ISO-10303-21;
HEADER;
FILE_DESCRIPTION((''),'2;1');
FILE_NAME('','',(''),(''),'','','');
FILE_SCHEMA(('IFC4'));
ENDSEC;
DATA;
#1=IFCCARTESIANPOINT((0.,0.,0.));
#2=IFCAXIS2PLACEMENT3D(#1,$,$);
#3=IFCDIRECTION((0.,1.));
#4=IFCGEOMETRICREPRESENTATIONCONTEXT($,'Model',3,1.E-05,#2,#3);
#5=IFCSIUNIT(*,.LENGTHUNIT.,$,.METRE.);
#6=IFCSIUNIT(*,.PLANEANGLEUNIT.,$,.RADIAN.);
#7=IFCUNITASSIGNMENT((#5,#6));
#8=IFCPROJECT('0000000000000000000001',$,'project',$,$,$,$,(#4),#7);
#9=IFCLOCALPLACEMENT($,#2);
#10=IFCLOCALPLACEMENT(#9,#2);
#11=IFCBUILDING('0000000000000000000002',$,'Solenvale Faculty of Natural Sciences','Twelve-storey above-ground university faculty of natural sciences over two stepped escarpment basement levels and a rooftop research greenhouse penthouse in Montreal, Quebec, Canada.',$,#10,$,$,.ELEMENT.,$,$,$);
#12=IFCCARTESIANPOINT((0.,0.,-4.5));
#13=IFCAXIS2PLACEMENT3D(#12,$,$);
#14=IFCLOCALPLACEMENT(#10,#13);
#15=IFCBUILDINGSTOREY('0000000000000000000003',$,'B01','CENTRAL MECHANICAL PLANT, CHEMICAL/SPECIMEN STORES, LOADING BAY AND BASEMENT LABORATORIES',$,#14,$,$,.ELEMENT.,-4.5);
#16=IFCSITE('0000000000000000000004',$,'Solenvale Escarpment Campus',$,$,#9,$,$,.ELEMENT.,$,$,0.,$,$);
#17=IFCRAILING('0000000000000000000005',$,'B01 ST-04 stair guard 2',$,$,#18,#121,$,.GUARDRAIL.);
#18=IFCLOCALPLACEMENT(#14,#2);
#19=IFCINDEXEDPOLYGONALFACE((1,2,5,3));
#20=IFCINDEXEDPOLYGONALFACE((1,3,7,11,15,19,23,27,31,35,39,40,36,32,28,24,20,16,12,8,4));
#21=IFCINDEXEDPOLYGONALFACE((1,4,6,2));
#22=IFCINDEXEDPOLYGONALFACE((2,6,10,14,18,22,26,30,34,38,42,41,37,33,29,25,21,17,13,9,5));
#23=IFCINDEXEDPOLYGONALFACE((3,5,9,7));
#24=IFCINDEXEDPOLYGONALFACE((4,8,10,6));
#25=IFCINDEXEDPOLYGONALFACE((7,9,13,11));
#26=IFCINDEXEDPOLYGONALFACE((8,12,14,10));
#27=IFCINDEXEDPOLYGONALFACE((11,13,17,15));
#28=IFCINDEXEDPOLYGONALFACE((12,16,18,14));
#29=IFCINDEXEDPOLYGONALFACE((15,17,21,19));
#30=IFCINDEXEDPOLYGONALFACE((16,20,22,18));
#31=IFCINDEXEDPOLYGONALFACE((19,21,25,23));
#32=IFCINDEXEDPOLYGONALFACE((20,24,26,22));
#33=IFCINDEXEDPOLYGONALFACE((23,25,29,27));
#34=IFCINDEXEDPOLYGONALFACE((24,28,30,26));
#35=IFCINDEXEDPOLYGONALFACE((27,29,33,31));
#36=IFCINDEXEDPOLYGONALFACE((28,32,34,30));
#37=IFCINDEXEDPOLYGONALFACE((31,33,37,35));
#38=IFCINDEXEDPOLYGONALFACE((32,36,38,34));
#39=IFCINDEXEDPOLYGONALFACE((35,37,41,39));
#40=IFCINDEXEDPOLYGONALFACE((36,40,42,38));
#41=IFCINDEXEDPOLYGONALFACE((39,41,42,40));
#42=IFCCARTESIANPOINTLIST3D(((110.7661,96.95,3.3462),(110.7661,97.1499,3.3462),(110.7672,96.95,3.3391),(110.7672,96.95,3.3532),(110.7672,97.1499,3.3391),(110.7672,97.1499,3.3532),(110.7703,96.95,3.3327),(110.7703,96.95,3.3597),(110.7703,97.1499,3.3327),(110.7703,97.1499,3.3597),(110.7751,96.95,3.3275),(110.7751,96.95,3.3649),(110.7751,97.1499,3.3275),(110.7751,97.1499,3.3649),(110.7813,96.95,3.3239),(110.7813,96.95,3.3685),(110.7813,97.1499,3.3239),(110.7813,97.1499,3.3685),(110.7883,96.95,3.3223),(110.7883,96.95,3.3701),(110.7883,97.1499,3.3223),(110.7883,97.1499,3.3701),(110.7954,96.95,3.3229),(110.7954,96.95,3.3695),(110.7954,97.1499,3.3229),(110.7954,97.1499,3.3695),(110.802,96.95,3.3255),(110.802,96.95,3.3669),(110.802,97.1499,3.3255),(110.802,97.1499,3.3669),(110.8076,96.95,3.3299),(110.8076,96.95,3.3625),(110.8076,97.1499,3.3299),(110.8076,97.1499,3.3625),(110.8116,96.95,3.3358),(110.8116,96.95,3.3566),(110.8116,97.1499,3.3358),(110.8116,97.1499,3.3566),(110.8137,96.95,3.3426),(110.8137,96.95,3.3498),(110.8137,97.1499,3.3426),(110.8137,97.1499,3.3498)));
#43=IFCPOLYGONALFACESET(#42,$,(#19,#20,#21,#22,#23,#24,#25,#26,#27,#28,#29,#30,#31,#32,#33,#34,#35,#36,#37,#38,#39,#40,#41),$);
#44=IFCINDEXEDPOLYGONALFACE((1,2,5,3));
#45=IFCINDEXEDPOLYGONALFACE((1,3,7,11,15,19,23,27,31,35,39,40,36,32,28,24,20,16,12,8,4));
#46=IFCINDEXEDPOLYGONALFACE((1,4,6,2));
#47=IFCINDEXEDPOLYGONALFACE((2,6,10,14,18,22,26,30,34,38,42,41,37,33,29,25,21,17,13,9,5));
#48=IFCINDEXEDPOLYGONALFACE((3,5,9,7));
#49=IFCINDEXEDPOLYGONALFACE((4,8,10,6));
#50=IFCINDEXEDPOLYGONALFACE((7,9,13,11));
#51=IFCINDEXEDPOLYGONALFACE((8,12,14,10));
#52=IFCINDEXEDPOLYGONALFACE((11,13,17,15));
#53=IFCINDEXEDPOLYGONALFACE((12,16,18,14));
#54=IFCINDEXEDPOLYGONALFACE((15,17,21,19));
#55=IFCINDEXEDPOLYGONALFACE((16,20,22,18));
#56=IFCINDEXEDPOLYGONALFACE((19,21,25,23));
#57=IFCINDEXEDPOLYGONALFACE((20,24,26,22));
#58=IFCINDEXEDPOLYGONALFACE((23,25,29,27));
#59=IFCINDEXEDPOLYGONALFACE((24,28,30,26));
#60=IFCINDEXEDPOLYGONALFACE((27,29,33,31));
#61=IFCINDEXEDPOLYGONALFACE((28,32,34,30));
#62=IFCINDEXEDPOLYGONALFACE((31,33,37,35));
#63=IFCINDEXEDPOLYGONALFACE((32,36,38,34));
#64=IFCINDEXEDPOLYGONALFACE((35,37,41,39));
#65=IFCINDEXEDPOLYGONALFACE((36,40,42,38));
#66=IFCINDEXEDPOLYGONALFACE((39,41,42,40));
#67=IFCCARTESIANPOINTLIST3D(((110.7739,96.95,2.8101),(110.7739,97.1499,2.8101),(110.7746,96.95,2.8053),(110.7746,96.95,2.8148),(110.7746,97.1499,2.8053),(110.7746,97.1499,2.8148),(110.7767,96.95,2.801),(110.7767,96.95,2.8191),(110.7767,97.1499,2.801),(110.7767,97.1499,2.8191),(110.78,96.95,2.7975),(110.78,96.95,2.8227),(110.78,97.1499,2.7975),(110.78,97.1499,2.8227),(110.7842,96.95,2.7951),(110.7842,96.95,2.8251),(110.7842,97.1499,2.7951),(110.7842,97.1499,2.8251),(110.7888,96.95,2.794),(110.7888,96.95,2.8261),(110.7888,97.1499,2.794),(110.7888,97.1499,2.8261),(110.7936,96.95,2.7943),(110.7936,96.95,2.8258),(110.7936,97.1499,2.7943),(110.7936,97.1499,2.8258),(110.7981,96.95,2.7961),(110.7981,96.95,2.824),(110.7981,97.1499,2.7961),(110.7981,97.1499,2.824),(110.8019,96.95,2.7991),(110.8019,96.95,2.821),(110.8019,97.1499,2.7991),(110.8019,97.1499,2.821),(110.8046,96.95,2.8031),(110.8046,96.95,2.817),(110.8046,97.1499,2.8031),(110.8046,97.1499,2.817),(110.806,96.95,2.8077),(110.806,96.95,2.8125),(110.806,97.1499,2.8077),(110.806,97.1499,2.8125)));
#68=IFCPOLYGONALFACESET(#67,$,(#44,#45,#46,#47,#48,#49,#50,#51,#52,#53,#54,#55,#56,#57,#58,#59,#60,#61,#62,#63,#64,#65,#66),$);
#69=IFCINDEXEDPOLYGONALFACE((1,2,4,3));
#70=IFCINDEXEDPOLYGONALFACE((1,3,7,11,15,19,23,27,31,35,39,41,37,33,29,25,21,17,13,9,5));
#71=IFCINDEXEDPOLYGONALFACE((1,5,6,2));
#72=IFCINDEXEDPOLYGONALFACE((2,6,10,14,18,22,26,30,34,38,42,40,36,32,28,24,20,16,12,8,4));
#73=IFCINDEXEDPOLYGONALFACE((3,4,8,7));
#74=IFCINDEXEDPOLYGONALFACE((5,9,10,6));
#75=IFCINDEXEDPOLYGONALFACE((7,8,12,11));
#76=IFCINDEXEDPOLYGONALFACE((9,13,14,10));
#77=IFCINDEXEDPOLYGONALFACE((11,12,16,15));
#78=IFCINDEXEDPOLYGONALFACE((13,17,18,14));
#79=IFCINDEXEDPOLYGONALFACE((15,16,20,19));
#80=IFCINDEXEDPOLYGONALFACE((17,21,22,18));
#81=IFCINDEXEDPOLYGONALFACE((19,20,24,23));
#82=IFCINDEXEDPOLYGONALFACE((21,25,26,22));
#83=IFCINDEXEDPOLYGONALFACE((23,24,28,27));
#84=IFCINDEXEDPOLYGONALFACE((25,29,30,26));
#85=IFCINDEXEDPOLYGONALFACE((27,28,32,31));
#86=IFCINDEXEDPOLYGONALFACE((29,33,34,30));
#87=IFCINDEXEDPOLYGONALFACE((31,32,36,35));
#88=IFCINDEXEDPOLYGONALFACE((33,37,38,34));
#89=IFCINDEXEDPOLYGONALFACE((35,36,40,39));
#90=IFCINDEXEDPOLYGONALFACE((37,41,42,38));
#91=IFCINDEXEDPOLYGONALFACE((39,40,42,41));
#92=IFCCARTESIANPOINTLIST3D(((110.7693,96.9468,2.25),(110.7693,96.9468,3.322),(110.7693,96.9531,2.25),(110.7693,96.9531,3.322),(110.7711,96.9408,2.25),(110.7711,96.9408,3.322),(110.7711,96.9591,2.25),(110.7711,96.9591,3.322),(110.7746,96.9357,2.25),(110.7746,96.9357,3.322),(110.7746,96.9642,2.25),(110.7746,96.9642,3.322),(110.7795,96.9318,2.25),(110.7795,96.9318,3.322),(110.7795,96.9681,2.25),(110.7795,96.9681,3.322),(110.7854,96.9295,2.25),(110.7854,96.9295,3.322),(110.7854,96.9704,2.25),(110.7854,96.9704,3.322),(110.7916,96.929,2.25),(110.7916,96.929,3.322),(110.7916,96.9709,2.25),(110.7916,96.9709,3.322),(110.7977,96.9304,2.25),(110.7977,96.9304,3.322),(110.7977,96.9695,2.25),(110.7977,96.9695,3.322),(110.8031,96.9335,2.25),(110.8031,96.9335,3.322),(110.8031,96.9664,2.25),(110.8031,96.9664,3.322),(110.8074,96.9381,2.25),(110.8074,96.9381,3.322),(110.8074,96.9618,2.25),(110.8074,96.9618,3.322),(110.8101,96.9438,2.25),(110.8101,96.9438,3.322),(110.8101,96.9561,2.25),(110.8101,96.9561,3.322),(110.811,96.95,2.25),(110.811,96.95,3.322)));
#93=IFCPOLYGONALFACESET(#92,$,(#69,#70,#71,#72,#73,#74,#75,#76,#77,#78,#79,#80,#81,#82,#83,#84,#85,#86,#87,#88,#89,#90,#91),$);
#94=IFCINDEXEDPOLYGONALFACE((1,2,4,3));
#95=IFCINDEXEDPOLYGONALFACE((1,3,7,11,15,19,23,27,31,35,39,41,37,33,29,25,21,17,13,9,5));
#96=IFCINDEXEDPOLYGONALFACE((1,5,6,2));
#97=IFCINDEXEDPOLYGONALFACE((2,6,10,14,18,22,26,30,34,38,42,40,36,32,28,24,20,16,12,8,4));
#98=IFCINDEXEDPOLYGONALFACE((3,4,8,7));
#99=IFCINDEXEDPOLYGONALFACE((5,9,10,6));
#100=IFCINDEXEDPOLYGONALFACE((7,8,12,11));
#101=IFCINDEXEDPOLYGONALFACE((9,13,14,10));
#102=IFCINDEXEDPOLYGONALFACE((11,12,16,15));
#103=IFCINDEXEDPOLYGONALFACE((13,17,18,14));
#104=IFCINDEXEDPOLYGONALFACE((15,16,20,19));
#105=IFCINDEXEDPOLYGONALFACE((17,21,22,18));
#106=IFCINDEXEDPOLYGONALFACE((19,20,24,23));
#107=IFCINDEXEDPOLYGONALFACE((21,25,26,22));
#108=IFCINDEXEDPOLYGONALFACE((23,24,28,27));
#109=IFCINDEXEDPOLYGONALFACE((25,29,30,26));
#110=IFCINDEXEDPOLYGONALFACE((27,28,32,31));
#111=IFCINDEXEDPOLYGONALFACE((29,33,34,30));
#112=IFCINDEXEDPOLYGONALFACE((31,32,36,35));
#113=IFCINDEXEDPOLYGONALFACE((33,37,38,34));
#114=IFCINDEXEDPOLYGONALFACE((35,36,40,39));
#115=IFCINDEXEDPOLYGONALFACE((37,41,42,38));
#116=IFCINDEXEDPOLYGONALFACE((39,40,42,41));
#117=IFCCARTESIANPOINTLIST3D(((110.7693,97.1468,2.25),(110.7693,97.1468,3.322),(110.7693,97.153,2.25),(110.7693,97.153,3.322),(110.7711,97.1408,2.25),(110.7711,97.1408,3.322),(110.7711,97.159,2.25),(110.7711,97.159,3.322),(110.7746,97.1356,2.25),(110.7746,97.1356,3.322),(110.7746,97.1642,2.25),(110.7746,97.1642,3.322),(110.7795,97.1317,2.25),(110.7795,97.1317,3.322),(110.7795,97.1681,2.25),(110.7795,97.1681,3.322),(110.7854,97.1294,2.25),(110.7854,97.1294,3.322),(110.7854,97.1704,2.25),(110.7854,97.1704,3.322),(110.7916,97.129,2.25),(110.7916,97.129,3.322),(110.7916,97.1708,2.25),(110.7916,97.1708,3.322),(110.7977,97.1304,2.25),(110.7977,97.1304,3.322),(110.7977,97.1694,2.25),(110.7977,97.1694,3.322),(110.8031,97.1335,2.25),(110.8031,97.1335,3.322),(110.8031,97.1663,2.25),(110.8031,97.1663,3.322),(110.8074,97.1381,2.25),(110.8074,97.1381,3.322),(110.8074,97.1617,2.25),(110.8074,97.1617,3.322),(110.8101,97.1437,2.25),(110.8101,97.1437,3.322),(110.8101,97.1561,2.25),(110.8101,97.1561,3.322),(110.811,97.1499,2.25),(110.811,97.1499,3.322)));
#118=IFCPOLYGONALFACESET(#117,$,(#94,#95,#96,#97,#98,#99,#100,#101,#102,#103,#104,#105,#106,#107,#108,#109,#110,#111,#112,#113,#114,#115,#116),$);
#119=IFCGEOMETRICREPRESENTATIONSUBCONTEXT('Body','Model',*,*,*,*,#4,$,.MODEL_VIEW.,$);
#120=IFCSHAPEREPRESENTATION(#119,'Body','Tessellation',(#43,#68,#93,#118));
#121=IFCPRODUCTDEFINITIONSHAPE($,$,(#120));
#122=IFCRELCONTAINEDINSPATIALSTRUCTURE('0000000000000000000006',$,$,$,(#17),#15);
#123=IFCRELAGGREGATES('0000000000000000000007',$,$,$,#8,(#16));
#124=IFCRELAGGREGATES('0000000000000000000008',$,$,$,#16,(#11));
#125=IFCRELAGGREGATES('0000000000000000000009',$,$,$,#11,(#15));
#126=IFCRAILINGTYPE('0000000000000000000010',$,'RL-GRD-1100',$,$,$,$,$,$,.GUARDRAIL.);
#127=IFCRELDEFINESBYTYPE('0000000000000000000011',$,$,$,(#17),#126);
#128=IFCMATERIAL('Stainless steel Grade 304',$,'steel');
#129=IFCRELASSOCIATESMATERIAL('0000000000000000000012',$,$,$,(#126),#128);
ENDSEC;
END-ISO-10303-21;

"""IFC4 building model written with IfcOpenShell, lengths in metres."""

from ifc_helpers import new_model, si_unit, direction, frame, origin, origin_2d, place, context, subcontext, project, spatial, circle, extrude, material, type_object, element, save


model = new_model("IFC4")

# Units and contexts
model_context = context("Model", 3, precision=1e-05, world=origin(), true_north=direction((0.0, 1.0)))
body_context = subcontext(model_context, "Body", "Model", "MODEL_VIEW")
ifc_project = project(units=[si_unit("LENGTHUNIT", "METRE"), si_unit("PLANEANGLEUNIT", "RADIAN")], contexts=[model_context])

# Site, building, storey
site_placement = place(None, origin())
site = spatial("IfcSite", under=ifc_project, at=site_placement, Name="Solenvale Escarpment Campus", CompositionType="ELEMENT", RefElevation=0.0)
building_placement = place(site_placement, origin())
building = spatial("IfcBuilding", under=site, at=building_placement, Name="Solenvale Faculty of Natural Sciences", Description="Twelve-storey above-ground university faculty of natural sciences over two stepped escarpment basement levels and a rooftop research greenhouse penthouse in Montreal, Quebec, Canada.", CompositionType="ELEMENT")
storey_placement = place(building_placement, frame((0.0, 0.0, -4.5)))
storey = spatial("IfcBuildingStorey", under=building, at=storey_placement, Name="B01", Description="CENTRAL MECHANICAL PLANT, CHEMICAL/SPECIMEN STORES, LOADING BAY AND BASEMENT LABORATORIES", CompositionType="ELEMENT", Elevation=-4.5)

# Railing
ifc_material_1 = material(Name="Stainless steel Grade 304", Category="steel")
railing_type_1 = type_object("IfcRailingType", Name="RL-GRD-1100", PredefinedType="GUARDRAIL", material=ifc_material_1)
railing_1_placement = place(storey_placement, frame((110.79, 96.95, 2.25)))
element("IfcRailing", 1, at=railing_1_placement, inside=storey, type_object=railing_type_1, Name="B01 ST-04 stair guard 2", PredefinedType="GUARDRAIL", context=body_context, shape_type="SweptSolid", body=[
    extrude(circle(Radius=0.0239, at=origin_2d()), frame((0.0, 0.0, 1.0962), z_axis=(0.0, 1.0, 0.0), x_axis=(-1.0, 0.0, 0.0)), (0.0, 0.0, 1.0), 0.2),
    extrude(circle(Radius=0.0161, at=origin_2d()), frame((0.0, 0.0, 0.5601), z_axis=(0.0, 1.0, 0.0), x_axis=(-1.0, 0.0, 0.0)), (0.0, 0.0, 1.0), 0.2),
    extrude(circle(Radius=0.021, at=origin_2d()), origin(), (0.0, 0.0, 1.0), 1.072),
    extrude(circle(Radius=0.021, at=origin_2d()), frame((0.0, 0.2, 0.0)), (0.0, 0.0, 1.0), 1.072),
])

save(model, "model.ifc")
